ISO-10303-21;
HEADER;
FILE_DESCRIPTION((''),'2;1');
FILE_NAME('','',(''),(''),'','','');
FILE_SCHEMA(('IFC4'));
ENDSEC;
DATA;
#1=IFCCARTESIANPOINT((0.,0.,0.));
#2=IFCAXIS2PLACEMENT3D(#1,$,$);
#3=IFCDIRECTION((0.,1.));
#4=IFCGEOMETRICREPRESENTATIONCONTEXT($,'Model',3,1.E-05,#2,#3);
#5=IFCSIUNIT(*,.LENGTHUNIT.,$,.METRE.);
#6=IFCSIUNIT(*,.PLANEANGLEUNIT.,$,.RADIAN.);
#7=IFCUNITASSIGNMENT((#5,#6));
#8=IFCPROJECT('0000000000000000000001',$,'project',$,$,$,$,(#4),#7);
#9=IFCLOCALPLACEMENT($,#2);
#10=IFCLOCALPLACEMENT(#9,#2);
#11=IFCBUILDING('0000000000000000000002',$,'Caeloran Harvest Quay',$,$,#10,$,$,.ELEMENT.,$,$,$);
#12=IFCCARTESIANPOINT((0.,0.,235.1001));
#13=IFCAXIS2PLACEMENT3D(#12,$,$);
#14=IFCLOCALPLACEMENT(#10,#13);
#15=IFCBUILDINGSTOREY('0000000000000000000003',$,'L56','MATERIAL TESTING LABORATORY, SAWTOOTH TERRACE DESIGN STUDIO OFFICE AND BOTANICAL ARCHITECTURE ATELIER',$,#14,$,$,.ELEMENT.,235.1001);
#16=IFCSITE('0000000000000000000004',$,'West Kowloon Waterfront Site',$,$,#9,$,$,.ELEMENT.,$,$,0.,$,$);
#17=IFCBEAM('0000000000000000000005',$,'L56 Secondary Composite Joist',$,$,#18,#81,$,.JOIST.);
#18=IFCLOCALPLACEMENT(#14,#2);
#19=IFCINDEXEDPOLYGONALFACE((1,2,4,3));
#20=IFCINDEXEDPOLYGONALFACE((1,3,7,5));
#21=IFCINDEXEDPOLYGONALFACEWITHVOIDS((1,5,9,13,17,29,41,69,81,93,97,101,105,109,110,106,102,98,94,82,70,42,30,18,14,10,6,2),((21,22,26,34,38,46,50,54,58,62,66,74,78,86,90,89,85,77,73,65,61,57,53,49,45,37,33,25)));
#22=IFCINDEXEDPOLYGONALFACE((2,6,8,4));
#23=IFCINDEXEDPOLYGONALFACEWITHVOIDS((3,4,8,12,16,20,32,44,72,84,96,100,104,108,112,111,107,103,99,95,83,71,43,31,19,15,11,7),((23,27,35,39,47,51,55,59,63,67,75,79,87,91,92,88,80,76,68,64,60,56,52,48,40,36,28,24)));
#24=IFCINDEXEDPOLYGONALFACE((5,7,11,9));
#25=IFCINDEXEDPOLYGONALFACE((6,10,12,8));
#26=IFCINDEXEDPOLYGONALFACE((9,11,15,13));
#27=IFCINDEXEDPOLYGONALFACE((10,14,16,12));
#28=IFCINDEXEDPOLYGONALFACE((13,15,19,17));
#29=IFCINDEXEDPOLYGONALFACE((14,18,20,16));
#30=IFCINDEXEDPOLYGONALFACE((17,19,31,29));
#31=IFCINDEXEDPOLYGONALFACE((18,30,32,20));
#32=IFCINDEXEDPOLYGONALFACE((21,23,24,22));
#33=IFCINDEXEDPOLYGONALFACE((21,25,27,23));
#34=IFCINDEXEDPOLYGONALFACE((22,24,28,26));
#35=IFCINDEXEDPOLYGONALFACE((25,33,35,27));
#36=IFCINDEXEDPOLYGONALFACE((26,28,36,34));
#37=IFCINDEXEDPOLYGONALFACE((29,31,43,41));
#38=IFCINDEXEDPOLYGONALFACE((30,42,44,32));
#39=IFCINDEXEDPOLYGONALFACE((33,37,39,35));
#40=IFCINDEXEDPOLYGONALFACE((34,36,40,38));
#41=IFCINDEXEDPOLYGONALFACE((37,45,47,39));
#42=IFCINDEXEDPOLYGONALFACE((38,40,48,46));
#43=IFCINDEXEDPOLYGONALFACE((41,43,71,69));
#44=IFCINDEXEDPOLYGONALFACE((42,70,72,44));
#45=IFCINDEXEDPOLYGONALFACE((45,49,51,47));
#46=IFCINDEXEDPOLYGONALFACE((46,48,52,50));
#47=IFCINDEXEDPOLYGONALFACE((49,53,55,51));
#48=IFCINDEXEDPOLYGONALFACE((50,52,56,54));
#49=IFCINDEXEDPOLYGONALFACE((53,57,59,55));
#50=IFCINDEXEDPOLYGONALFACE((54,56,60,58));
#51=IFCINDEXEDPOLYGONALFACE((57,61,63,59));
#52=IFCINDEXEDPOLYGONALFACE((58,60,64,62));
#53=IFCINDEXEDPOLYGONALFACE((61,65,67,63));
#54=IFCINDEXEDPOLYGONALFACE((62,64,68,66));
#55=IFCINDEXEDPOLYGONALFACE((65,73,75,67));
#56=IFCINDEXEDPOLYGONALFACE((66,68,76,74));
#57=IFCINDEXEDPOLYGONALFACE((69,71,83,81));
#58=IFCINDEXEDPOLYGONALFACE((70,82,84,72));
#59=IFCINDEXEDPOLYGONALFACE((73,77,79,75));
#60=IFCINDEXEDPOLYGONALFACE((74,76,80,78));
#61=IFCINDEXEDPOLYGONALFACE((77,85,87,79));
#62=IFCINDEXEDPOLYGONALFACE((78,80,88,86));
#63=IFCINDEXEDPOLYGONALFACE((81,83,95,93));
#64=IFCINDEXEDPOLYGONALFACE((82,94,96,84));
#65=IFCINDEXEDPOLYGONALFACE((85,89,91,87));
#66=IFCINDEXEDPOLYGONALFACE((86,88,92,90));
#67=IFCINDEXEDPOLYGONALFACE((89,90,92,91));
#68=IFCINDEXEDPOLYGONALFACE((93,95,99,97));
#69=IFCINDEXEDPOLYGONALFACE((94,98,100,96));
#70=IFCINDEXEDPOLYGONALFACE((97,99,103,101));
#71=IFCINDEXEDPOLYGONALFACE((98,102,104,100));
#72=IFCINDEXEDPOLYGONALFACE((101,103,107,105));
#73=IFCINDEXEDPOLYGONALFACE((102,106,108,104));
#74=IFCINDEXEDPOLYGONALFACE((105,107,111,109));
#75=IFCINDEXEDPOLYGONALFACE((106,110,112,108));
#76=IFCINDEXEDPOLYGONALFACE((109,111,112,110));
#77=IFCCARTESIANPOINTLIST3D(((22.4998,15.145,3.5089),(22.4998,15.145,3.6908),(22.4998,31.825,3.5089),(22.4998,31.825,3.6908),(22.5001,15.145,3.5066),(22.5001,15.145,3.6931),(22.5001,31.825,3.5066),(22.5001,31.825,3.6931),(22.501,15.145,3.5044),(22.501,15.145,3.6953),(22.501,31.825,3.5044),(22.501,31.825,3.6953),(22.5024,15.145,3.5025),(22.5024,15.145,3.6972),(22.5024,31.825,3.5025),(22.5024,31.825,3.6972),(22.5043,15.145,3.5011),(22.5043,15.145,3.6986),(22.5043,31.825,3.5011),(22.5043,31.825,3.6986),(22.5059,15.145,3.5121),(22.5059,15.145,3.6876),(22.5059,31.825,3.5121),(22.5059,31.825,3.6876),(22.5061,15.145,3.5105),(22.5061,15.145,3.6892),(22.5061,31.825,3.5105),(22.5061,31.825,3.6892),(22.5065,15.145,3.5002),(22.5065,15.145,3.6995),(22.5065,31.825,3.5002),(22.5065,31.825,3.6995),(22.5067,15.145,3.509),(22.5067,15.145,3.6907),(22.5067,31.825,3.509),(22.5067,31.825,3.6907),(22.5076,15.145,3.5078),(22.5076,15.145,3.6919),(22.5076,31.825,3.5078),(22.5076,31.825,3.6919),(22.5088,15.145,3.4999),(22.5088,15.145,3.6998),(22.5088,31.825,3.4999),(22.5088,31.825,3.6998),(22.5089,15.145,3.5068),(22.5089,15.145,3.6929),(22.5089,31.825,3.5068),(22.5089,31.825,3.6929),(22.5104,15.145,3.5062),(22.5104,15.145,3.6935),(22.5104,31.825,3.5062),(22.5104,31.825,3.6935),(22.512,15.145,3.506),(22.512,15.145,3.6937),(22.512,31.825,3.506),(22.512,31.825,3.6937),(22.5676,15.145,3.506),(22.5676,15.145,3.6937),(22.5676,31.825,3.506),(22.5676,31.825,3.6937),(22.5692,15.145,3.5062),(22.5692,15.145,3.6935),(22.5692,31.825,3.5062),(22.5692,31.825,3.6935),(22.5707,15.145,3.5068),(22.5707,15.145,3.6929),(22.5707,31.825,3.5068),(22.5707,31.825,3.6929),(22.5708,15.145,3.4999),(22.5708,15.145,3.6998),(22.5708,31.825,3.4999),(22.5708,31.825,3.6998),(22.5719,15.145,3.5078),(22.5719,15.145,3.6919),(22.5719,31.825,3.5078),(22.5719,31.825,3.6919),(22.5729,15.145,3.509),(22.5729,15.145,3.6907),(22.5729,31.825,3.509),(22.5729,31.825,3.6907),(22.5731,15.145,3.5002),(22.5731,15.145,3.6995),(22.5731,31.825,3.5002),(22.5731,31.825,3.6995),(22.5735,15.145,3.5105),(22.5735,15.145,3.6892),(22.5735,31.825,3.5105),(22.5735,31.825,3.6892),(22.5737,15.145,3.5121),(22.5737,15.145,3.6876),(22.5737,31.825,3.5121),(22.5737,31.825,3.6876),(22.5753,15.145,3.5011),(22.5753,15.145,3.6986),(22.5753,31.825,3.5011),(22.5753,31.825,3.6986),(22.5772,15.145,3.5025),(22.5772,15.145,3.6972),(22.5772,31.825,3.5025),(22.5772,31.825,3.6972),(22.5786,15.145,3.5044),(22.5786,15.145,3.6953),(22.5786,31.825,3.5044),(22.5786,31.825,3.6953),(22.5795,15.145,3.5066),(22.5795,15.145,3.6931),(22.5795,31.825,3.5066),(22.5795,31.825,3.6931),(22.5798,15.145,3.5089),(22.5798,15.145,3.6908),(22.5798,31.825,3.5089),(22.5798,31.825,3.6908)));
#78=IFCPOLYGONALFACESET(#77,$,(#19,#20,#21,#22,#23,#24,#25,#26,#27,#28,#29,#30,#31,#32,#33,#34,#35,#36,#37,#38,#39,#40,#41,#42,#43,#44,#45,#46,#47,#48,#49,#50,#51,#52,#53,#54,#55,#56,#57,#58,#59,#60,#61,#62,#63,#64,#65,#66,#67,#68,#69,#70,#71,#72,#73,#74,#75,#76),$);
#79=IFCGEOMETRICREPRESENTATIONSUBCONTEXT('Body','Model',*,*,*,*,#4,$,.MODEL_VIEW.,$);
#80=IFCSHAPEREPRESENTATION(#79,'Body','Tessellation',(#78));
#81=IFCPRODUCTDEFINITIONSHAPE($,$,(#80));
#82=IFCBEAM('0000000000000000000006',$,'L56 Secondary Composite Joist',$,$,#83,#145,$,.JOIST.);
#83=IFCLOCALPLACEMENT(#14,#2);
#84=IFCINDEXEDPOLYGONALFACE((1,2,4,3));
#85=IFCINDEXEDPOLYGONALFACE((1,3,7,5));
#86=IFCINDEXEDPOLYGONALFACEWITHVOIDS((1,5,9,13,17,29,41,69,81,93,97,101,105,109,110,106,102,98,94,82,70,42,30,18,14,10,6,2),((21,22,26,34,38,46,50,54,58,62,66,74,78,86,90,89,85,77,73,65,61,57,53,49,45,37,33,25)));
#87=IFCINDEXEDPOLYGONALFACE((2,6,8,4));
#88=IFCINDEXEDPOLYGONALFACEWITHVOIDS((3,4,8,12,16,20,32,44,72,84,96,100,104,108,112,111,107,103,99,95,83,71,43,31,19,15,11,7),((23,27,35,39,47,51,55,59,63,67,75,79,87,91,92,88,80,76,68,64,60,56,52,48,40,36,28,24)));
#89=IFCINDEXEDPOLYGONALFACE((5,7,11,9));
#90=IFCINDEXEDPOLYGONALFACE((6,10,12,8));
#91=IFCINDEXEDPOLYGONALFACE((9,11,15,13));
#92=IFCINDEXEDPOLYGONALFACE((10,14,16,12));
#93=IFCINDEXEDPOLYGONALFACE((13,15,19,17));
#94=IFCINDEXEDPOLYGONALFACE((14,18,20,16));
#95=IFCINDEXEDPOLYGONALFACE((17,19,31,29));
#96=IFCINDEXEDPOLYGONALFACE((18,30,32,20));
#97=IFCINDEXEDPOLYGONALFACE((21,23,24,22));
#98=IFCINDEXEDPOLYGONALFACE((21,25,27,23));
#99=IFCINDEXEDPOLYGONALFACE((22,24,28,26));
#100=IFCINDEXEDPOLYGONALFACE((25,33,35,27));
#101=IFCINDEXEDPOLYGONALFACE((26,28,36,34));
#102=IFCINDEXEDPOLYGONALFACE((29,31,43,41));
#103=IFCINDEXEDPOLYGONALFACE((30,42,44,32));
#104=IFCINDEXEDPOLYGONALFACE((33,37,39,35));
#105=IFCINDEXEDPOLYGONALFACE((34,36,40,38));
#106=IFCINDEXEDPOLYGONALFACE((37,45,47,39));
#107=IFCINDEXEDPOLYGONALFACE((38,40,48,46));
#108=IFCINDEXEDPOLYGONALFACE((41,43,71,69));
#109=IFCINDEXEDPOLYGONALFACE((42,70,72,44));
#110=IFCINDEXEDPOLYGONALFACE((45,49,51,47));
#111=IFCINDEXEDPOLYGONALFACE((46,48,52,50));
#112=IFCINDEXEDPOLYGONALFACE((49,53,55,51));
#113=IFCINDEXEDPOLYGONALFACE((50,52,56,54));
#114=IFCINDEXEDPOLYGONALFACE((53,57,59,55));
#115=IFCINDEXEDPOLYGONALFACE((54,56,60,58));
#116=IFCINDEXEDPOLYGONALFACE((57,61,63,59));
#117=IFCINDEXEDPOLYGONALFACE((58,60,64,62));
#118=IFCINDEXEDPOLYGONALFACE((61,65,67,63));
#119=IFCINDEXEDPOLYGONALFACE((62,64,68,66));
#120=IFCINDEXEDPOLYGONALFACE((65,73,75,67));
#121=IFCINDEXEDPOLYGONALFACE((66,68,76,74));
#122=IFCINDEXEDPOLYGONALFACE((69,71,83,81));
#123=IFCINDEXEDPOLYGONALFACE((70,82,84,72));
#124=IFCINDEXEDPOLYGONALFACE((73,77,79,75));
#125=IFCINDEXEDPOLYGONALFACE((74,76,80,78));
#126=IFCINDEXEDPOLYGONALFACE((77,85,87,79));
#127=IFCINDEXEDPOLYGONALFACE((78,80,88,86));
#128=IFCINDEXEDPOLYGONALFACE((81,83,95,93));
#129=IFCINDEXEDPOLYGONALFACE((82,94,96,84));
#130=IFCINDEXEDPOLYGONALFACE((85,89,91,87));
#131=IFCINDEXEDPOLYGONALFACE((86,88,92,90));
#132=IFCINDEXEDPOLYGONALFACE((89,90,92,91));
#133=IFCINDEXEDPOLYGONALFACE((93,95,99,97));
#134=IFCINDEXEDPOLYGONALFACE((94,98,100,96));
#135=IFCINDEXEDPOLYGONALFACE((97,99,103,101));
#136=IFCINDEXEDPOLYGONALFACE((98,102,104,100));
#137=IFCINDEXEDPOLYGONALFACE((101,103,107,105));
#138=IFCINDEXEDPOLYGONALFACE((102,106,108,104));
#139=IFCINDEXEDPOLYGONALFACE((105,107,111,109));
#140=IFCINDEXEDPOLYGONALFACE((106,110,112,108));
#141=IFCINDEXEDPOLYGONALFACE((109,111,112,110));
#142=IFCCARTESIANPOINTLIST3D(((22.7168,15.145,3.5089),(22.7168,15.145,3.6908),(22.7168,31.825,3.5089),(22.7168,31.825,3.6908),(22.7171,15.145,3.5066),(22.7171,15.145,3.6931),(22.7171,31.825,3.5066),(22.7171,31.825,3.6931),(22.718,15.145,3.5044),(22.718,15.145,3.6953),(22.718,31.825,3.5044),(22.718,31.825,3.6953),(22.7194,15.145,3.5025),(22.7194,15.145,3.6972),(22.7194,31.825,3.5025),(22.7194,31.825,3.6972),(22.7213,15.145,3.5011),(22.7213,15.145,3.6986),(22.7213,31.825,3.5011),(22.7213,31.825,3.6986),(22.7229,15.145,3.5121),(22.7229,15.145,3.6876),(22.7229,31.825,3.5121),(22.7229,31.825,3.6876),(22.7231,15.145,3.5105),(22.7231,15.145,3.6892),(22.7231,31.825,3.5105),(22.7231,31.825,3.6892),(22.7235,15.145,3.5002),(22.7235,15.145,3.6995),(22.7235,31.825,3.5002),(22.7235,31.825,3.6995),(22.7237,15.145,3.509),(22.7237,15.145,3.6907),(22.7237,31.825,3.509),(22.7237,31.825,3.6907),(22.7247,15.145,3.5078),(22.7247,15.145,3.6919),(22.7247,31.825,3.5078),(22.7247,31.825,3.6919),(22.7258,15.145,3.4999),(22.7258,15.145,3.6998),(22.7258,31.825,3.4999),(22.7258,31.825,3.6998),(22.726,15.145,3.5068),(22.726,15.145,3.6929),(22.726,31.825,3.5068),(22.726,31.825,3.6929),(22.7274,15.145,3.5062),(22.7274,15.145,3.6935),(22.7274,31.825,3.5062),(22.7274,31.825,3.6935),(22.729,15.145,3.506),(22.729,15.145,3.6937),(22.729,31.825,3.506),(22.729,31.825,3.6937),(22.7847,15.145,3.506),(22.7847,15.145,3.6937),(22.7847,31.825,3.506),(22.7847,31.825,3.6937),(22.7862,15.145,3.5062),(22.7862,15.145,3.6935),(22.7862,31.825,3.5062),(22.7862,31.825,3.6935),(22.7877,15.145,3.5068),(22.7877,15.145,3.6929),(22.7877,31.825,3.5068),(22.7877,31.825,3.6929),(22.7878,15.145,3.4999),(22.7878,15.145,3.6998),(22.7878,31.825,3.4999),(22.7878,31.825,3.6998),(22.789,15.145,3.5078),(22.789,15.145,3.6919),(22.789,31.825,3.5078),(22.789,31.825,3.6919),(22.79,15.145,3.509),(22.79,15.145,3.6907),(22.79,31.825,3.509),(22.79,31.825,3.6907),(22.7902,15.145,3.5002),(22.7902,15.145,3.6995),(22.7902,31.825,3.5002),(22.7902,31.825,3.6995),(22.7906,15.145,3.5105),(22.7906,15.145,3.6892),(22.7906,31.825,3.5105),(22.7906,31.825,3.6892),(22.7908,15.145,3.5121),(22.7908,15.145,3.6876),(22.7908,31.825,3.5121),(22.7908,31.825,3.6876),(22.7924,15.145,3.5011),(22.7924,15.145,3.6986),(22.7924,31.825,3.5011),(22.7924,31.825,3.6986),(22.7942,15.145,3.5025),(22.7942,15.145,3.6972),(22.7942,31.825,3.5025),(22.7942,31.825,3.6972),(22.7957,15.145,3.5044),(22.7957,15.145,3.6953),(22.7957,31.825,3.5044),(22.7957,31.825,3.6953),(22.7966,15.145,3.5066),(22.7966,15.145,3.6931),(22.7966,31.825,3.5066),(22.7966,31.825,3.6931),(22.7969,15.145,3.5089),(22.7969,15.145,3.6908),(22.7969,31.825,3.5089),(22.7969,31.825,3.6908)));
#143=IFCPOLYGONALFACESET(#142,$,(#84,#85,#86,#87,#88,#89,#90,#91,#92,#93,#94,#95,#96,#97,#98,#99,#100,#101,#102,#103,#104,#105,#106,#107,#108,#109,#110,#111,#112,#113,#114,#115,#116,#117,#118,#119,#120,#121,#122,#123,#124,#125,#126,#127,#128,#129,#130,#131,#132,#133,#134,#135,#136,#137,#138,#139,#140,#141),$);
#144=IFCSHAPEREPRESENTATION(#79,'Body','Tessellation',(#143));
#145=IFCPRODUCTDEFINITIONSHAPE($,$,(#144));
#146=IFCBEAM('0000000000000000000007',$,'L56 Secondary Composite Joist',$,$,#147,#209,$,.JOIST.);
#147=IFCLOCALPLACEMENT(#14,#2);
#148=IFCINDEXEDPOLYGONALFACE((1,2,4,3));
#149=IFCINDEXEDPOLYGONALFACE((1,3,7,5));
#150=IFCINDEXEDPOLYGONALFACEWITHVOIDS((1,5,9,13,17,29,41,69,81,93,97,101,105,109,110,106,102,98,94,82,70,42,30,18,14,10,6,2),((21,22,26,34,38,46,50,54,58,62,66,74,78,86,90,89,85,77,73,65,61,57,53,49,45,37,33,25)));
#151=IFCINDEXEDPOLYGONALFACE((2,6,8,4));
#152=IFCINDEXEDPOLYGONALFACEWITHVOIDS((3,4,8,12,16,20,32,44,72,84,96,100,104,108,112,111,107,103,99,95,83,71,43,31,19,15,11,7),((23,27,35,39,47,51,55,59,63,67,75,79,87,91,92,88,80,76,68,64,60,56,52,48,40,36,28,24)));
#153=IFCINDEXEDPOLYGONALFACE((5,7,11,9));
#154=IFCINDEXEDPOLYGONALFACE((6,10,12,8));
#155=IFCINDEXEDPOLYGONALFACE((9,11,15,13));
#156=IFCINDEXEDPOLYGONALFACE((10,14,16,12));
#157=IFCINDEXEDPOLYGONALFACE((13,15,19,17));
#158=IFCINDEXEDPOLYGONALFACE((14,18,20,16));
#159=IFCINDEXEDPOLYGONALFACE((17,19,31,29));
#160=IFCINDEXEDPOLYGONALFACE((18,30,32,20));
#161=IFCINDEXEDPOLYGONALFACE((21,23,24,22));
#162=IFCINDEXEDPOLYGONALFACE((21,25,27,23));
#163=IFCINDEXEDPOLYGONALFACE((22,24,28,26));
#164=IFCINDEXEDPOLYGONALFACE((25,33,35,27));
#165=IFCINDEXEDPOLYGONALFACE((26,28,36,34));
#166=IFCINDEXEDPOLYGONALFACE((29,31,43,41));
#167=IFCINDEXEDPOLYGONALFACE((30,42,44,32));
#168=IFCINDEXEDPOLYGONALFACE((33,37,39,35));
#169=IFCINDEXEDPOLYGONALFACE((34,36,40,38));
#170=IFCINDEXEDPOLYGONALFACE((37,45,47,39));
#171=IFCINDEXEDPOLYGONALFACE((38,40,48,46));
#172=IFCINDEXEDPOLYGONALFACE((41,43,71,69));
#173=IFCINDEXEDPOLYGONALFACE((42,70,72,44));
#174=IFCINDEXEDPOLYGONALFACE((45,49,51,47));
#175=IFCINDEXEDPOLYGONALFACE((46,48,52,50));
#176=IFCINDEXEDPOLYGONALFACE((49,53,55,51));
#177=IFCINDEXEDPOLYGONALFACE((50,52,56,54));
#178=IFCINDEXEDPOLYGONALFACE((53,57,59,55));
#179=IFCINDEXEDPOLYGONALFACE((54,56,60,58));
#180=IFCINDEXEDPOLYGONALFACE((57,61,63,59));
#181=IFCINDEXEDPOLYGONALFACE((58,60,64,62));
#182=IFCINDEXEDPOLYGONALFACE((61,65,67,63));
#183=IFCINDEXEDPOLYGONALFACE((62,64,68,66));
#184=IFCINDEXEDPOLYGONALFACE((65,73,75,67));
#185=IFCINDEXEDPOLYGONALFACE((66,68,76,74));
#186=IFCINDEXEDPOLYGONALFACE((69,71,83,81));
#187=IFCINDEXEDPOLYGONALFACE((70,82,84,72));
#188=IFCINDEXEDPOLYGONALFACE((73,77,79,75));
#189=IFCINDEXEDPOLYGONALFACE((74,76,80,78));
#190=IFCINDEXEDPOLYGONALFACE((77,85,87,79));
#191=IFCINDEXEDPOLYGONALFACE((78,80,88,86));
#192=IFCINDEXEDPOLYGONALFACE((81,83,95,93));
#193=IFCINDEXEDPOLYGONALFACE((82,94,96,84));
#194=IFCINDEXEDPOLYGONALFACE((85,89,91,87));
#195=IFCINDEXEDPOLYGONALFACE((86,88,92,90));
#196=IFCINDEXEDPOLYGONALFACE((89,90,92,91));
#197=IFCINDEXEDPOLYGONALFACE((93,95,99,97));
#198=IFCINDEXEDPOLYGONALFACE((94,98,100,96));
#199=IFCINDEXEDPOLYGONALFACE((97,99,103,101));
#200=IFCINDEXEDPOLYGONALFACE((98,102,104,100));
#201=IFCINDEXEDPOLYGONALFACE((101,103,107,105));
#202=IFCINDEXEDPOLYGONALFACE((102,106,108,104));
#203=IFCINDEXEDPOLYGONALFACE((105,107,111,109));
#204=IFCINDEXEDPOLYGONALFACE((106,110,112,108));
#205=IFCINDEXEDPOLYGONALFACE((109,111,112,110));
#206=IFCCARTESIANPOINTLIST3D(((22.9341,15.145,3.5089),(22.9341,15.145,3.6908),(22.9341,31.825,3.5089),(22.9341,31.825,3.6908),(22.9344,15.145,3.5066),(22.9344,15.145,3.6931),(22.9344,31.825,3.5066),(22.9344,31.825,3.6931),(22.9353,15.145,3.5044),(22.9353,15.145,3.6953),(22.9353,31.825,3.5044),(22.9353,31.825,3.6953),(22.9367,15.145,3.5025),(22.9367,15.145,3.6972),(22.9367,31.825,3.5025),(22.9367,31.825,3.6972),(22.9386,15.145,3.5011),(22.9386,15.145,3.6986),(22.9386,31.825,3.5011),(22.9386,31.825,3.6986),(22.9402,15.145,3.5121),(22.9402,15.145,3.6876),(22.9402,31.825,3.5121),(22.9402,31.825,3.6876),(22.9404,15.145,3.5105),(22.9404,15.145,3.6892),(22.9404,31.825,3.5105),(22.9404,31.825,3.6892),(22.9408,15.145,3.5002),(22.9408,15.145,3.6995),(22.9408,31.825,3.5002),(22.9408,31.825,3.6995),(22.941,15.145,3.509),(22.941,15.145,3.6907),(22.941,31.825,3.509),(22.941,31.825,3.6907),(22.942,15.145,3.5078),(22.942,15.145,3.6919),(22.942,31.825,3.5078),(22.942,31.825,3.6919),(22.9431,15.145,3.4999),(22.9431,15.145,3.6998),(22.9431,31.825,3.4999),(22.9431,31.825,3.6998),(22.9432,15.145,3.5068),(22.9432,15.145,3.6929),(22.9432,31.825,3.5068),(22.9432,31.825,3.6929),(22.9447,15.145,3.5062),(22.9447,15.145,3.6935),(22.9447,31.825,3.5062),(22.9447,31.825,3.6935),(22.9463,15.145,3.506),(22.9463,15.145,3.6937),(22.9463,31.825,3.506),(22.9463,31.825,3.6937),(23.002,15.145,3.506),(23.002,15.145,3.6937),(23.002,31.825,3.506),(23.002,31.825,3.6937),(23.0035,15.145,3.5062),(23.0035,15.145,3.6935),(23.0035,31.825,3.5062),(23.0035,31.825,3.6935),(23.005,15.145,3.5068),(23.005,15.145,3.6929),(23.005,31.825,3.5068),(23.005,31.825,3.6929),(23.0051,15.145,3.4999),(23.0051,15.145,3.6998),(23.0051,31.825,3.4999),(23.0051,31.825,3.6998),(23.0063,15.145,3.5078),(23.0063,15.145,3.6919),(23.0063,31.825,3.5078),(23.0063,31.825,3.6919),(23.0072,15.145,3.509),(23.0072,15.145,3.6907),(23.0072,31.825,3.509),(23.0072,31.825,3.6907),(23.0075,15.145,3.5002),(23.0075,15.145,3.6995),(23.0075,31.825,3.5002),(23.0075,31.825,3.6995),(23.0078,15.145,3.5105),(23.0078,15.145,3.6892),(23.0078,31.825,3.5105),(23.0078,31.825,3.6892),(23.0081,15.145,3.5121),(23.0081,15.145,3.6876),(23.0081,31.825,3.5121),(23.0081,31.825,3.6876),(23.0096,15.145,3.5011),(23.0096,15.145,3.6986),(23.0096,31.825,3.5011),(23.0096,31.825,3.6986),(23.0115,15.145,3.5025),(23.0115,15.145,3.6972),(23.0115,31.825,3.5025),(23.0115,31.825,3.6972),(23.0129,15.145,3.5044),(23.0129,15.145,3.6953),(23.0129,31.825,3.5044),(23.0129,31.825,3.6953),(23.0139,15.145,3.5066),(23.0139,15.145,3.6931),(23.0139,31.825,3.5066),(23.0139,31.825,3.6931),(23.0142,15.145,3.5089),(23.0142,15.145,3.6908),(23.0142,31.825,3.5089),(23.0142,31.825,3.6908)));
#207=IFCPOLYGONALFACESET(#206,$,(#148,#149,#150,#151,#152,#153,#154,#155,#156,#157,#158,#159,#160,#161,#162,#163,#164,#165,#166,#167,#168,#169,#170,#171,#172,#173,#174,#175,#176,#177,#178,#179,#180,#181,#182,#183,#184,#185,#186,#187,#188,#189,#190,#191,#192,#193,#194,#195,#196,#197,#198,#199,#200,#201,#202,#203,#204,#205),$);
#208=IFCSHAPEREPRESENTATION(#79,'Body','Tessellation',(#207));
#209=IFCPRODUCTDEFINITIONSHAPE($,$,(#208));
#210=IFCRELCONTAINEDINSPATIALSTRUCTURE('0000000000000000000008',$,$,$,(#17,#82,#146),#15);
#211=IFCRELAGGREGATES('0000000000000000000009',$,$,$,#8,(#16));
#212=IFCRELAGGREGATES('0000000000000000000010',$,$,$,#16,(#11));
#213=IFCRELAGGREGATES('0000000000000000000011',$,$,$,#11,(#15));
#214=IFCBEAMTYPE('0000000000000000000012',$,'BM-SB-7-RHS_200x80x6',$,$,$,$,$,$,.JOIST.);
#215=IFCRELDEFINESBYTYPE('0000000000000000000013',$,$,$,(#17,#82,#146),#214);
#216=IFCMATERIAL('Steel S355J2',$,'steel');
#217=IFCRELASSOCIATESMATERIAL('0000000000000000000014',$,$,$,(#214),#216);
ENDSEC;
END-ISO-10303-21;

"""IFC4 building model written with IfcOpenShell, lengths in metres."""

from ifc_helpers import new_model, si_unit, direction, frame, origin, origin_2d, place, context, subcontext, project, spatial, hollow_rectangle, extrude, material, material_profile, profile_set, type_object, element, save


model = new_model("IFC4")

# Units and contexts
model_context = context("Model", 3, precision=1e-05, world=origin(), true_north=direction((0.0, 1.0)))
body_context = subcontext(model_context, "Body", "Model", "MODEL_VIEW")
ifc_project = project(units=[si_unit("LENGTHUNIT", "METRE"), si_unit("PLANEANGLEUNIT", "RADIAN")], contexts=[model_context])

# Site, building, storey
site_placement = place(None, origin())
site = spatial("IfcSite", under=ifc_project, at=site_placement, Name="West Kowloon Waterfront Site", CompositionType="ELEMENT", RefElevation=0.0)
building_placement = place(site_placement, origin())
building = spatial("IfcBuilding", under=site, at=building_placement, Name="Caeloran Harvest Quay", CompositionType="ELEMENT")
storey_placement = place(building_placement, frame((0.0, 0.0, 235.1001)))
storey = spatial("IfcBuildingStorey", under=building, at=storey_placement, Name="L56", Description="MATERIAL TESTING LABORATORY, SAWTOOTH TERRACE DESIGN STUDIO OFFICE AND BOTANICAL ARCHITECTURE ATELIER", CompositionType="ELEMENT", Elevation=235.1001)

# Beams
ifc_material_1 = material(Name="Steel S355J2", Category="steel")
ifc_material_profile_1 = material_profile(ifc_material_1, hollow_rectangle(XDim=0.0801, YDim=0.2, WallThickness=0.0061, InnerFilletRadius=0.0061, OuterFilletRadius=0.009, at=origin_2d()), Name="RHS 200x80x6")
ifc_profile_set_1 = profile_set([ifc_material_profile_1], Name="Steel S355J2")
beam_type_1 = type_object("IfcBeamType", Name="BM-SB-7-RHS_200x80x6", PredefinedType="JOIST", material=ifc_profile_set_1)
for number, where, z_axis, x_axis, name in (
    (1, (22.5398, 15.145, 3.5999), (0.0, 1.0, 0.0), (-1.0, 0.0, 0.0), "L56 Secondary Composite Joist"),
    (2, (22.7568, 15.145, 3.5999), (0.0, 1.0, 0.0), (-1.0, 0.0, 0.0), "L56 Secondary Composite Joist"),
    (3, (22.9741, 15.145, 3.5999), (0.0, 1.0, 0.0), (-1.0, 0.0, 0.0), "L56 Secondary Composite Joist"),
):
    element("IfcBeam", number, at=place(storey_placement, frame(where, z_axis=z_axis, x_axis=x_axis)), inside=storey, type_object=beam_type_1, Name=name, PredefinedType="JOIST", context=body_context, shape_type="SweptSolid", body=[
        extrude(hollow_rectangle(XDim=0.0801, YDim=0.2, WallThickness=0.0061, InnerFilletRadius=0.0061, OuterFilletRadius=0.009, at=origin_2d()), origin(), (0.0, 0.0, 1.0), 16.6799),
    ])

save(model, "model.ifc")
